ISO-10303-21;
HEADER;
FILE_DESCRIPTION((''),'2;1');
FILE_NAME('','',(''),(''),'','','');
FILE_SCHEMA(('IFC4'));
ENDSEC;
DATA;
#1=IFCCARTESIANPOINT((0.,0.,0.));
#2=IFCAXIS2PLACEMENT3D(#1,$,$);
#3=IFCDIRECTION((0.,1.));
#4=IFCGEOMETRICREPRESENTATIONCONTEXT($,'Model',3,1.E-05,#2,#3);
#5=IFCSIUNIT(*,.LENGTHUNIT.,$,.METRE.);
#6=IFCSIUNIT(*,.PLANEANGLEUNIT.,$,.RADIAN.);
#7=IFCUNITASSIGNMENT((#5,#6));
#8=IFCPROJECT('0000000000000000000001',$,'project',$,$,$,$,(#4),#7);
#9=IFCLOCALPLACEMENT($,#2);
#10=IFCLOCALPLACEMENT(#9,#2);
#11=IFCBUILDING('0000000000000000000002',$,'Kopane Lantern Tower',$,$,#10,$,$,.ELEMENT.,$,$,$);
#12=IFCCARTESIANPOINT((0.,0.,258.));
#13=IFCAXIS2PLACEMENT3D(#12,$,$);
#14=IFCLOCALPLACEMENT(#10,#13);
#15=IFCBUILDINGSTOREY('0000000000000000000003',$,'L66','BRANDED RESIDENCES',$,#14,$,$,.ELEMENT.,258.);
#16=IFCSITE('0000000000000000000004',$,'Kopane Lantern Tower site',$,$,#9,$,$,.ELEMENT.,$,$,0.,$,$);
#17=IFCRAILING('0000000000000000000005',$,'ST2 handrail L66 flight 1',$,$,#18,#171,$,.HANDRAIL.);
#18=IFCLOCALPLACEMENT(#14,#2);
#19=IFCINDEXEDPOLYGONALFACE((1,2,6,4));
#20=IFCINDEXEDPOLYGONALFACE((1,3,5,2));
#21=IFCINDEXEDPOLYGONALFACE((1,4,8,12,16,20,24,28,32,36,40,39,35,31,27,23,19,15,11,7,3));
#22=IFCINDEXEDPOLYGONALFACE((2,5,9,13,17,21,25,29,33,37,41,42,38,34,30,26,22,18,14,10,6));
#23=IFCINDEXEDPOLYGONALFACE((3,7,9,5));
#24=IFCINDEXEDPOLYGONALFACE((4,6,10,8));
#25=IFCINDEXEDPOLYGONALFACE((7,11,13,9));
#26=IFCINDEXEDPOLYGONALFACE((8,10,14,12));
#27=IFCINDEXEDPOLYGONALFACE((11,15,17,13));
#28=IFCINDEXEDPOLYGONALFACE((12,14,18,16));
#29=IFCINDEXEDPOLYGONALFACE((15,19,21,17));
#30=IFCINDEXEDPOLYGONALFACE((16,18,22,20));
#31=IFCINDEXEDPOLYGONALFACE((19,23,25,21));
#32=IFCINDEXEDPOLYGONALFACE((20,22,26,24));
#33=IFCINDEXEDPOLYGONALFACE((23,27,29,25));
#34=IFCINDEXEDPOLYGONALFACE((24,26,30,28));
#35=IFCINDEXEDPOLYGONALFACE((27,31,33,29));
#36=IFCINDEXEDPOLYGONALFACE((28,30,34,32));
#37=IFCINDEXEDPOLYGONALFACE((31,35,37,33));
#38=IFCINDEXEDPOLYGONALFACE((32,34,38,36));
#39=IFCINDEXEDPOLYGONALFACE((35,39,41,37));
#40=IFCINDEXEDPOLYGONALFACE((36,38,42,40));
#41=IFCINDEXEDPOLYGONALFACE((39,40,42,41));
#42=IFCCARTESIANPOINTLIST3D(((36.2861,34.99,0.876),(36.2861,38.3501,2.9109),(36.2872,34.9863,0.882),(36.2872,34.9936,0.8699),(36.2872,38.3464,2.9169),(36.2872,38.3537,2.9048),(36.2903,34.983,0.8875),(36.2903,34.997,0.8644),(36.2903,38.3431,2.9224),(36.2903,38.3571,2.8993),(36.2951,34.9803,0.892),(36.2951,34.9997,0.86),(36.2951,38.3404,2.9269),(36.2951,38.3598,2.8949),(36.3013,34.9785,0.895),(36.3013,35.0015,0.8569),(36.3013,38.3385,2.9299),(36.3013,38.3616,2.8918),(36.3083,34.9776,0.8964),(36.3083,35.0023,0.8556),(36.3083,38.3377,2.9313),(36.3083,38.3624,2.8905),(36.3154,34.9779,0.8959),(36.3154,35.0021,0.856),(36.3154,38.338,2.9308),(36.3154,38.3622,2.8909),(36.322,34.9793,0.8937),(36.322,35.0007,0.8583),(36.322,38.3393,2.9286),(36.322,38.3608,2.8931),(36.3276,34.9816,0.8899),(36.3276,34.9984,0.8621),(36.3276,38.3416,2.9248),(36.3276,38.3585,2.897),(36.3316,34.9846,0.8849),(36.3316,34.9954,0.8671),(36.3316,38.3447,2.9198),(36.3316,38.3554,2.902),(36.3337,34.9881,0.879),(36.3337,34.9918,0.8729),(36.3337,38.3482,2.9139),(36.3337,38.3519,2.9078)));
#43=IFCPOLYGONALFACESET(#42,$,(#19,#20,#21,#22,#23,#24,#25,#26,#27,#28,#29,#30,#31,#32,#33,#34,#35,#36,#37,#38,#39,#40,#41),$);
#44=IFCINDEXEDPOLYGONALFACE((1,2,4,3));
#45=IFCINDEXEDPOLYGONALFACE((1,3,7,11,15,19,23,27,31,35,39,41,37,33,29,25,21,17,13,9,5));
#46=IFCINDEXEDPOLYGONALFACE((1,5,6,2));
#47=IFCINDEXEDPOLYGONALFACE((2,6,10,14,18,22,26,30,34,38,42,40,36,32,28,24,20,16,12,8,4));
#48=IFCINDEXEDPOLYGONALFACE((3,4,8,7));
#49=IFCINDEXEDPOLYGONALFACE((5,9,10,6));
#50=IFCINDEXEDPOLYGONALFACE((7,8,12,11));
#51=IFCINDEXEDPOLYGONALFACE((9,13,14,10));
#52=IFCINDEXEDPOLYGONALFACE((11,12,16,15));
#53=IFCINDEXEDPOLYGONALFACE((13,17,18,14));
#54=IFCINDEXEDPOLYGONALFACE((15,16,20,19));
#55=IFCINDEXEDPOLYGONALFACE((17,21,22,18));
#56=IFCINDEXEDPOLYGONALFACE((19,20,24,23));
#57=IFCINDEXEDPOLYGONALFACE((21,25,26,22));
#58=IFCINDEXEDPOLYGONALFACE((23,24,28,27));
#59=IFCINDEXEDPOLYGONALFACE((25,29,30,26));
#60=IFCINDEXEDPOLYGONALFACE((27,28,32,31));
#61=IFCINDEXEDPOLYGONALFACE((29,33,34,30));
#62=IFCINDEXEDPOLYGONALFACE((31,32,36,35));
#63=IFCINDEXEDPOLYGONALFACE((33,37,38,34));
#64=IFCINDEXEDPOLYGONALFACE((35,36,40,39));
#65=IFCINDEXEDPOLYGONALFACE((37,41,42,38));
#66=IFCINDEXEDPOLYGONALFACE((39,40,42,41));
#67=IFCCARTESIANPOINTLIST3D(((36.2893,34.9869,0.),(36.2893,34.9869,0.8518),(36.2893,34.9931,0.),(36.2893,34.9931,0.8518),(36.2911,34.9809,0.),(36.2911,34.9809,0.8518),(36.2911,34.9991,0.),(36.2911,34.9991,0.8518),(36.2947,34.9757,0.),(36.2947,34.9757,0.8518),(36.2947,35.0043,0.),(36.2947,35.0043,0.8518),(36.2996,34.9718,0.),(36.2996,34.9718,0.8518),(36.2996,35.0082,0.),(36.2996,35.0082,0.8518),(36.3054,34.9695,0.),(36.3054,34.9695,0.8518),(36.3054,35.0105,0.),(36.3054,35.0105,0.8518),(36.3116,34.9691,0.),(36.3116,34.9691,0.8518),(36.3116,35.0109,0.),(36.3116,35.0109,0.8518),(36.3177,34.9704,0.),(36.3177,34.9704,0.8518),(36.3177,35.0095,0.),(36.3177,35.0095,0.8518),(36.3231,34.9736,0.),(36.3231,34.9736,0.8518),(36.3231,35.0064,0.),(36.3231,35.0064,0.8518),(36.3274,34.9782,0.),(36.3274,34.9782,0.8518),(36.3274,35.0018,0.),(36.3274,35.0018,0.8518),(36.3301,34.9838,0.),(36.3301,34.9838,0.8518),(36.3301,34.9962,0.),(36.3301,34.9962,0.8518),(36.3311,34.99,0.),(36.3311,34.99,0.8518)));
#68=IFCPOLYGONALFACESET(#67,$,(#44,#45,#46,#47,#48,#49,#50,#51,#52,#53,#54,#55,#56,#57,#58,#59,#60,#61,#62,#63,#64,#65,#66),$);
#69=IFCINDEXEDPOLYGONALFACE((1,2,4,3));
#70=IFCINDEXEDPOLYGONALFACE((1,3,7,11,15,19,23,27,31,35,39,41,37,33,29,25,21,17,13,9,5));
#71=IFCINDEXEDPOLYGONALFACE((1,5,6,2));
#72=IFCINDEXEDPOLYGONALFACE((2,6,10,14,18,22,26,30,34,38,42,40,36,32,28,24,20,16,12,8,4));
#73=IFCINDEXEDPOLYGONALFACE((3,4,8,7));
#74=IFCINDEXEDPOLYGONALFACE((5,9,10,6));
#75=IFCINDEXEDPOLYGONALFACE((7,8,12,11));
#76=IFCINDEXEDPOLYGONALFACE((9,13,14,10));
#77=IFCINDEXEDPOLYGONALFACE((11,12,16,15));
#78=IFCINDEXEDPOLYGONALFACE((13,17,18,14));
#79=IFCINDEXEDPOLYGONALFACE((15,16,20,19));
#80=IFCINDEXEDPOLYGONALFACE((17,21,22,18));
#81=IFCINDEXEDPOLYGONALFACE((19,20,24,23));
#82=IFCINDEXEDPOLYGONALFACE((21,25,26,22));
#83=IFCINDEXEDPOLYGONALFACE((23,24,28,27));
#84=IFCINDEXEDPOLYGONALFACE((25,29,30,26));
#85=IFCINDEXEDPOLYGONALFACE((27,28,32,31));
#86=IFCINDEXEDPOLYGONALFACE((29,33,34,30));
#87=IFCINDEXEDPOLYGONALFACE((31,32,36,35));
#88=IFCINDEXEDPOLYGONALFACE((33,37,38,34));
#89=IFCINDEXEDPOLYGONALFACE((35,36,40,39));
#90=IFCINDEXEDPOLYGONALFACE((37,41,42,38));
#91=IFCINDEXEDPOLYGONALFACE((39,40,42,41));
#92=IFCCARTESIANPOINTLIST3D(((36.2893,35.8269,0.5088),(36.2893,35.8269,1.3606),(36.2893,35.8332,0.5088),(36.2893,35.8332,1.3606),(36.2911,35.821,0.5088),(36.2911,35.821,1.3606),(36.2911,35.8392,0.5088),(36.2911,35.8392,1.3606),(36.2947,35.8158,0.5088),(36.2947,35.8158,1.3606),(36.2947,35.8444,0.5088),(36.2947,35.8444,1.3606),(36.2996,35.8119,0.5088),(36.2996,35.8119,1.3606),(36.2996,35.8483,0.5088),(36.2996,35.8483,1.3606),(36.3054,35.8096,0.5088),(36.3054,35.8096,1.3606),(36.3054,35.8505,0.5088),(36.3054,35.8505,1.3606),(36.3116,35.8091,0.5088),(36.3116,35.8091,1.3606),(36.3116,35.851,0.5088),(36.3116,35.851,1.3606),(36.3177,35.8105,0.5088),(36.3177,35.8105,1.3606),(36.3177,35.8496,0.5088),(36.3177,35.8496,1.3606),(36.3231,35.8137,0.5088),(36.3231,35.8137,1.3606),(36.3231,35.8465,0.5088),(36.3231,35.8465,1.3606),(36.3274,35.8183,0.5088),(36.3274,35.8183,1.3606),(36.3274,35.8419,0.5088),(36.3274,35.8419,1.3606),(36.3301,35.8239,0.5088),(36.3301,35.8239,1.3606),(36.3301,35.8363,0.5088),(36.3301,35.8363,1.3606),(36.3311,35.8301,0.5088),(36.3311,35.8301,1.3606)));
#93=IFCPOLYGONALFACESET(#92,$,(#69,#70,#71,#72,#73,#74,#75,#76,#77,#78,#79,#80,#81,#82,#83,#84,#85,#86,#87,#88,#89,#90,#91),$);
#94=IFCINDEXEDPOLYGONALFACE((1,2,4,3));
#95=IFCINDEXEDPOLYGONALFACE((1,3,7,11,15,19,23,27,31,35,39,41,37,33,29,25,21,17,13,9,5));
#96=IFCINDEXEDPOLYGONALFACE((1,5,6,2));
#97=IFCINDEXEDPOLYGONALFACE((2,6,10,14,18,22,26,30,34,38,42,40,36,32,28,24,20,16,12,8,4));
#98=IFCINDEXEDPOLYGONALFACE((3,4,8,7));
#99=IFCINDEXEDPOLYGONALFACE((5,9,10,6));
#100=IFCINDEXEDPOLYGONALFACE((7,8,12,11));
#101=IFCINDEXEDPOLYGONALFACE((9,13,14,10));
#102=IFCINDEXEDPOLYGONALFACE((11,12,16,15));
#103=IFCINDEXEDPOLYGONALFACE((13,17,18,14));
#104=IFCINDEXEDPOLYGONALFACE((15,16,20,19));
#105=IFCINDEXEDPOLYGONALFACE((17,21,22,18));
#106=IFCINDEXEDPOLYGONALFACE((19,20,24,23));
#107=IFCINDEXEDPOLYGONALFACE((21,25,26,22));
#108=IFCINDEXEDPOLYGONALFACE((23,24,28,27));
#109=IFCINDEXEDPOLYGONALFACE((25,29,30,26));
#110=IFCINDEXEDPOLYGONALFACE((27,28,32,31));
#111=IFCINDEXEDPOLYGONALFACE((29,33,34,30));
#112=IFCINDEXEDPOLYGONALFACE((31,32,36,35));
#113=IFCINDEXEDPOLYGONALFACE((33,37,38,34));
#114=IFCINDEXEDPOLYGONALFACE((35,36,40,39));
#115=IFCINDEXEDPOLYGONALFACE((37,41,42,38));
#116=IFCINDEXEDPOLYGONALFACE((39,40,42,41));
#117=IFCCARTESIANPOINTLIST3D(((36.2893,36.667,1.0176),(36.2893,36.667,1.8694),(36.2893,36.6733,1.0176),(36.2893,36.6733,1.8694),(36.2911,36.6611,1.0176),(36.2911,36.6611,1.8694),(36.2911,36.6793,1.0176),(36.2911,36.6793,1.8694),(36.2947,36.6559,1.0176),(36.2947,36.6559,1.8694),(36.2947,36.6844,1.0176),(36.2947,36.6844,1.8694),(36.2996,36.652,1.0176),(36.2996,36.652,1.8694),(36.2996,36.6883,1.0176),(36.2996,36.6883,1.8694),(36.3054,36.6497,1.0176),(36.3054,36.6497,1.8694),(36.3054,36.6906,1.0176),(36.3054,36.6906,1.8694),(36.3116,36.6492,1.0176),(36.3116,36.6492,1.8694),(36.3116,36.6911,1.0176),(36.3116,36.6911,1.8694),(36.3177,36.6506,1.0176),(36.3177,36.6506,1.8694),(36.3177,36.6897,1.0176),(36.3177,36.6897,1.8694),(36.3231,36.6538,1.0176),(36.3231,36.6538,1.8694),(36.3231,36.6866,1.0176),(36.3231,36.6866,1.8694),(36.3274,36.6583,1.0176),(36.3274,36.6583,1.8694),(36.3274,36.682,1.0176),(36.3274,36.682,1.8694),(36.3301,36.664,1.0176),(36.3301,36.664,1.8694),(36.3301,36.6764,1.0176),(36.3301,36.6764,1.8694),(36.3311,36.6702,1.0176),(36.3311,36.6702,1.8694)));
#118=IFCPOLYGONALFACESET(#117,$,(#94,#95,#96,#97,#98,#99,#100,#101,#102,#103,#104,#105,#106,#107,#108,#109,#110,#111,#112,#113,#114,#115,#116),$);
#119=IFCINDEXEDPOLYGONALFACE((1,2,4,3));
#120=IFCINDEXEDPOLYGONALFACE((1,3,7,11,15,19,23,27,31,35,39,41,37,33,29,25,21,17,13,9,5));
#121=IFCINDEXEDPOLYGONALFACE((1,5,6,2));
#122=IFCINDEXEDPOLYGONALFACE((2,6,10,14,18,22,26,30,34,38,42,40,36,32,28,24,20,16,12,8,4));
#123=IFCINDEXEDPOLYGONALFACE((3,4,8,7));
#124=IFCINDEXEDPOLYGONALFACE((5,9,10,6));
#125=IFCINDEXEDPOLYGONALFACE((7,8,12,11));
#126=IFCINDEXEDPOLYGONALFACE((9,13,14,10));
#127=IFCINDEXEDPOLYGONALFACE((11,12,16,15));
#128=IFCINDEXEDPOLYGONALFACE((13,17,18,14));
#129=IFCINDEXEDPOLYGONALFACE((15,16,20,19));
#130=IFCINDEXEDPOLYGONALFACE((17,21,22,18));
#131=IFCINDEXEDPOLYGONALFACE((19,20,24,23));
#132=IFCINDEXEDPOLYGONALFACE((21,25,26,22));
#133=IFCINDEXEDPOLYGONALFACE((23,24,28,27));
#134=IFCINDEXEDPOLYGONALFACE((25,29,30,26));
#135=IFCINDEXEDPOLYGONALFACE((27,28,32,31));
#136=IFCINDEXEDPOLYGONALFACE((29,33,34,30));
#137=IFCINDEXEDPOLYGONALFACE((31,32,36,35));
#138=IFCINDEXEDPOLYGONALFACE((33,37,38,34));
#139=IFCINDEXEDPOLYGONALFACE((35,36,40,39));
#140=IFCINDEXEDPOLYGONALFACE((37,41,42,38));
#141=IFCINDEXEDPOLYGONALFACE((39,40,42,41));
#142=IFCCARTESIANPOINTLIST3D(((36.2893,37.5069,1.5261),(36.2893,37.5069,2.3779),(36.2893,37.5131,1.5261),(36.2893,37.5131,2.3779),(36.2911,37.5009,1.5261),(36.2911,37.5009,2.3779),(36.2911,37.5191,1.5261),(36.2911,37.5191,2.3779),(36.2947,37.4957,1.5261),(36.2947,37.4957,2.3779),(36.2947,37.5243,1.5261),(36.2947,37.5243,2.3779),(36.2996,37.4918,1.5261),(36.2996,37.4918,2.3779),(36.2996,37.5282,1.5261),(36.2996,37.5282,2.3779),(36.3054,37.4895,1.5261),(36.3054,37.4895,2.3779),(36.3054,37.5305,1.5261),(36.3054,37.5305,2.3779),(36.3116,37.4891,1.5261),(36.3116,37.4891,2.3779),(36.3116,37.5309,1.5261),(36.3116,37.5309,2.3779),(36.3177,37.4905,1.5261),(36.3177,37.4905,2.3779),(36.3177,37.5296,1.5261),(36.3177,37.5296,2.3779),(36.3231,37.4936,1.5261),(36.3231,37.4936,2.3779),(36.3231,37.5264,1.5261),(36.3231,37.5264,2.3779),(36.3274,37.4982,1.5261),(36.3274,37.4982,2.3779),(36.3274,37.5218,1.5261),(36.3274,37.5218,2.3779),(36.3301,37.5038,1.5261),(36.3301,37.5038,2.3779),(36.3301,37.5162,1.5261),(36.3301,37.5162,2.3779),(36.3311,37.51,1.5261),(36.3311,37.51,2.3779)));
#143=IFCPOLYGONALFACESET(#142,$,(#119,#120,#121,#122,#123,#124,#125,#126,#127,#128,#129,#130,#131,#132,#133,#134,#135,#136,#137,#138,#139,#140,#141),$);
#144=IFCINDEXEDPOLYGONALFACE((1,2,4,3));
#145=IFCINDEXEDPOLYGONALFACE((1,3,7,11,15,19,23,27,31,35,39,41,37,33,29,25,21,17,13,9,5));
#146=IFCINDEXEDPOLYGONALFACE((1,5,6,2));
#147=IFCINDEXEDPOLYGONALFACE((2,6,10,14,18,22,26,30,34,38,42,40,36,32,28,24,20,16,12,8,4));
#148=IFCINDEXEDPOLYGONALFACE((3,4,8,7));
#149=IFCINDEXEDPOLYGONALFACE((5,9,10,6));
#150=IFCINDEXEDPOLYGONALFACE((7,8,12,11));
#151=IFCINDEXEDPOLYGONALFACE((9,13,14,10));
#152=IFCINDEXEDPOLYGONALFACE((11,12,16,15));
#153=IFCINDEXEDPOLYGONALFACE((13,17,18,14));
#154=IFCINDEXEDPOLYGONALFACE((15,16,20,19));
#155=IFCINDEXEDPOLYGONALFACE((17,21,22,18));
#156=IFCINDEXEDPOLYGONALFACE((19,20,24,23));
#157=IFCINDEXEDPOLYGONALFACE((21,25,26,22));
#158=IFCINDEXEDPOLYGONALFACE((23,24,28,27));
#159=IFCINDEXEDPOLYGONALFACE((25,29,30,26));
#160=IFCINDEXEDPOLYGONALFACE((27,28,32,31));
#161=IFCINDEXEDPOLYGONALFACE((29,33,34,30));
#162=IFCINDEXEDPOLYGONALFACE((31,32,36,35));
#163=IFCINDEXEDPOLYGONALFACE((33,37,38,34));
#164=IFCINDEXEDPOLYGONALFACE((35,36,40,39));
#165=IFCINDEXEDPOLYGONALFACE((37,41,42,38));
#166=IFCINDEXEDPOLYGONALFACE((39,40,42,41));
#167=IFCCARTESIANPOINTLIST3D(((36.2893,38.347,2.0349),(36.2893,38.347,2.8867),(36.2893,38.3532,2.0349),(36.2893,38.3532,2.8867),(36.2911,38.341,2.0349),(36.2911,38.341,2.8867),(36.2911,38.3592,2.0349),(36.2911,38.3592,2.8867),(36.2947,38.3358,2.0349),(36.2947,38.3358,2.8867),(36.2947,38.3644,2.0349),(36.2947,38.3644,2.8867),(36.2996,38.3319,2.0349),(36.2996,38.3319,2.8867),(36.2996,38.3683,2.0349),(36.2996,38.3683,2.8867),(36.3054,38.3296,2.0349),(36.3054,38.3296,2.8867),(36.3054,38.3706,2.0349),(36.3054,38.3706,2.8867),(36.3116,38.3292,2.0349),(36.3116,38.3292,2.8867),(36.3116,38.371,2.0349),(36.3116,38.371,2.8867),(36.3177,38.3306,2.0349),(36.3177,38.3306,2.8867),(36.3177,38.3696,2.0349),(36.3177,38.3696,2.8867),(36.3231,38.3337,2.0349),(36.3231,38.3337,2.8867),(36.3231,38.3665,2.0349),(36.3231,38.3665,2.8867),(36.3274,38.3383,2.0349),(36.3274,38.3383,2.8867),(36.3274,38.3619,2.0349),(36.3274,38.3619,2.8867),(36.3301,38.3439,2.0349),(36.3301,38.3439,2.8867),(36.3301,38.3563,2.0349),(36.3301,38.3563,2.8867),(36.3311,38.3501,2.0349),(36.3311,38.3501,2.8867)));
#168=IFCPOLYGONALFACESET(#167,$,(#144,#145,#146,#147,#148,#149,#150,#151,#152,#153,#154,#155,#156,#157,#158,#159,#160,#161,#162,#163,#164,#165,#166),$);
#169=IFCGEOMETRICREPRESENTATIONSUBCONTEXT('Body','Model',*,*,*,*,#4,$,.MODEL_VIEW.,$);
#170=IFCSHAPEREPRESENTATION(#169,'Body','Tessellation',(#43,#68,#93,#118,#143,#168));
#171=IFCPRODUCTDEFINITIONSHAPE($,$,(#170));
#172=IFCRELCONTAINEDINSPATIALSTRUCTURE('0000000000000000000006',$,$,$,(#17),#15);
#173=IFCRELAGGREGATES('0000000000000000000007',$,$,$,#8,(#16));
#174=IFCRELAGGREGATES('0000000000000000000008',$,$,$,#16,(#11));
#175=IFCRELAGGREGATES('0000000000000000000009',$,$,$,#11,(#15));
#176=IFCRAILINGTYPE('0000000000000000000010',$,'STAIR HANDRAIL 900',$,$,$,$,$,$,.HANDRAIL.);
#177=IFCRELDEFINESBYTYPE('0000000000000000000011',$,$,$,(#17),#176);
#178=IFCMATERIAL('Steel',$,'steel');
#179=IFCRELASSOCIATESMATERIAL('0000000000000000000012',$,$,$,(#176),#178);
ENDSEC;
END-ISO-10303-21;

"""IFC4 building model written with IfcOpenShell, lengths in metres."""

from ifc_helpers import new_model, si_unit, direction, frame, origin, origin_2d, place, context, subcontext, project, spatial, circle, extrude, material, type_object, element, save


model = new_model("IFC4")

# Units and contexts
model_context = context("Model", 3, precision=1e-05, world=origin(), true_north=direction((0.0, 1.0)))
body_context = subcontext(model_context, "Body", "Model", "MODEL_VIEW")
ifc_project = project(units=[si_unit("LENGTHUNIT", "METRE"), si_unit("PLANEANGLEUNIT", "RADIAN")], contexts=[model_context])

# Site, building, storey
site_placement = place(None, origin())
site = spatial("IfcSite", under=ifc_project, at=site_placement, Name="Kopane Lantern Tower site", CompositionType="ELEMENT", RefElevation=0.0)
building_placement = place(site_placement, origin())
building = spatial("IfcBuilding", under=site, at=building_placement, Name="Kopane Lantern Tower", CompositionType="ELEMENT")
storey_placement = place(building_placement, frame((0.0, 0.0, 258.0)))
storey = spatial("IfcBuildingStorey", under=building, at=storey_placement, Name="L66", Description="BRANDED RESIDENCES", CompositionType="ELEMENT", Elevation=258.0)

# Railing
ifc_material_1 = material(Name="Steel", Category="steel")
railing_type_1 = type_object("IfcRailingType", Name="STAIR HANDRAIL 900", PredefinedType="HANDRAIL", material=ifc_material_1)
for number, where, name in (
    (1, (36.3101, 34.99, 0.0), "ST2 handrail L66 flight 1"),
):
    element("IfcRailing", number, at=place(storey_placement, frame(where)), inside=storey, type_object=railing_type_1, Name=name, PredefinedType="HANDRAIL", context=body_context, shape_type="SweptSolid", body=[
        extrude(circle(Radius=0.0239, at=origin_2d()), frame((0.0, 0.0, 0.876), z_axis=(0.0, 0.855369, 0.518019), x_axis=(-1.0, 0.0, 0.0)), (0.0, 0.0, 1.0), 3.9282),
        extrude(circle(Radius=0.021, at=origin_2d()), origin(), (0.0, 0.0, 1.0), 0.8518),
        extrude(circle(Radius=0.021, at=origin_2d()), frame((0.0, 0.8401, 0.5088)), (0.0, 0.0, 1.0), 0.8518),
        extrude(circle(Radius=0.021, at=origin_2d()), frame((0.0, 1.6802, 1.0176)), (0.0, 0.0, 1.0), 0.8518),
        extrude(circle(Radius=0.021, at=origin_2d()), frame((0.0, 2.52, 1.5261)), (0.0, 0.0, 1.0), 0.8518),
        extrude(circle(Radius=0.021, at=origin_2d()), frame((0.0, 3.3601, 2.0349)), (0.0, 0.0, 1.0), 0.8518),
    ])

save(model, "model.ifc")
